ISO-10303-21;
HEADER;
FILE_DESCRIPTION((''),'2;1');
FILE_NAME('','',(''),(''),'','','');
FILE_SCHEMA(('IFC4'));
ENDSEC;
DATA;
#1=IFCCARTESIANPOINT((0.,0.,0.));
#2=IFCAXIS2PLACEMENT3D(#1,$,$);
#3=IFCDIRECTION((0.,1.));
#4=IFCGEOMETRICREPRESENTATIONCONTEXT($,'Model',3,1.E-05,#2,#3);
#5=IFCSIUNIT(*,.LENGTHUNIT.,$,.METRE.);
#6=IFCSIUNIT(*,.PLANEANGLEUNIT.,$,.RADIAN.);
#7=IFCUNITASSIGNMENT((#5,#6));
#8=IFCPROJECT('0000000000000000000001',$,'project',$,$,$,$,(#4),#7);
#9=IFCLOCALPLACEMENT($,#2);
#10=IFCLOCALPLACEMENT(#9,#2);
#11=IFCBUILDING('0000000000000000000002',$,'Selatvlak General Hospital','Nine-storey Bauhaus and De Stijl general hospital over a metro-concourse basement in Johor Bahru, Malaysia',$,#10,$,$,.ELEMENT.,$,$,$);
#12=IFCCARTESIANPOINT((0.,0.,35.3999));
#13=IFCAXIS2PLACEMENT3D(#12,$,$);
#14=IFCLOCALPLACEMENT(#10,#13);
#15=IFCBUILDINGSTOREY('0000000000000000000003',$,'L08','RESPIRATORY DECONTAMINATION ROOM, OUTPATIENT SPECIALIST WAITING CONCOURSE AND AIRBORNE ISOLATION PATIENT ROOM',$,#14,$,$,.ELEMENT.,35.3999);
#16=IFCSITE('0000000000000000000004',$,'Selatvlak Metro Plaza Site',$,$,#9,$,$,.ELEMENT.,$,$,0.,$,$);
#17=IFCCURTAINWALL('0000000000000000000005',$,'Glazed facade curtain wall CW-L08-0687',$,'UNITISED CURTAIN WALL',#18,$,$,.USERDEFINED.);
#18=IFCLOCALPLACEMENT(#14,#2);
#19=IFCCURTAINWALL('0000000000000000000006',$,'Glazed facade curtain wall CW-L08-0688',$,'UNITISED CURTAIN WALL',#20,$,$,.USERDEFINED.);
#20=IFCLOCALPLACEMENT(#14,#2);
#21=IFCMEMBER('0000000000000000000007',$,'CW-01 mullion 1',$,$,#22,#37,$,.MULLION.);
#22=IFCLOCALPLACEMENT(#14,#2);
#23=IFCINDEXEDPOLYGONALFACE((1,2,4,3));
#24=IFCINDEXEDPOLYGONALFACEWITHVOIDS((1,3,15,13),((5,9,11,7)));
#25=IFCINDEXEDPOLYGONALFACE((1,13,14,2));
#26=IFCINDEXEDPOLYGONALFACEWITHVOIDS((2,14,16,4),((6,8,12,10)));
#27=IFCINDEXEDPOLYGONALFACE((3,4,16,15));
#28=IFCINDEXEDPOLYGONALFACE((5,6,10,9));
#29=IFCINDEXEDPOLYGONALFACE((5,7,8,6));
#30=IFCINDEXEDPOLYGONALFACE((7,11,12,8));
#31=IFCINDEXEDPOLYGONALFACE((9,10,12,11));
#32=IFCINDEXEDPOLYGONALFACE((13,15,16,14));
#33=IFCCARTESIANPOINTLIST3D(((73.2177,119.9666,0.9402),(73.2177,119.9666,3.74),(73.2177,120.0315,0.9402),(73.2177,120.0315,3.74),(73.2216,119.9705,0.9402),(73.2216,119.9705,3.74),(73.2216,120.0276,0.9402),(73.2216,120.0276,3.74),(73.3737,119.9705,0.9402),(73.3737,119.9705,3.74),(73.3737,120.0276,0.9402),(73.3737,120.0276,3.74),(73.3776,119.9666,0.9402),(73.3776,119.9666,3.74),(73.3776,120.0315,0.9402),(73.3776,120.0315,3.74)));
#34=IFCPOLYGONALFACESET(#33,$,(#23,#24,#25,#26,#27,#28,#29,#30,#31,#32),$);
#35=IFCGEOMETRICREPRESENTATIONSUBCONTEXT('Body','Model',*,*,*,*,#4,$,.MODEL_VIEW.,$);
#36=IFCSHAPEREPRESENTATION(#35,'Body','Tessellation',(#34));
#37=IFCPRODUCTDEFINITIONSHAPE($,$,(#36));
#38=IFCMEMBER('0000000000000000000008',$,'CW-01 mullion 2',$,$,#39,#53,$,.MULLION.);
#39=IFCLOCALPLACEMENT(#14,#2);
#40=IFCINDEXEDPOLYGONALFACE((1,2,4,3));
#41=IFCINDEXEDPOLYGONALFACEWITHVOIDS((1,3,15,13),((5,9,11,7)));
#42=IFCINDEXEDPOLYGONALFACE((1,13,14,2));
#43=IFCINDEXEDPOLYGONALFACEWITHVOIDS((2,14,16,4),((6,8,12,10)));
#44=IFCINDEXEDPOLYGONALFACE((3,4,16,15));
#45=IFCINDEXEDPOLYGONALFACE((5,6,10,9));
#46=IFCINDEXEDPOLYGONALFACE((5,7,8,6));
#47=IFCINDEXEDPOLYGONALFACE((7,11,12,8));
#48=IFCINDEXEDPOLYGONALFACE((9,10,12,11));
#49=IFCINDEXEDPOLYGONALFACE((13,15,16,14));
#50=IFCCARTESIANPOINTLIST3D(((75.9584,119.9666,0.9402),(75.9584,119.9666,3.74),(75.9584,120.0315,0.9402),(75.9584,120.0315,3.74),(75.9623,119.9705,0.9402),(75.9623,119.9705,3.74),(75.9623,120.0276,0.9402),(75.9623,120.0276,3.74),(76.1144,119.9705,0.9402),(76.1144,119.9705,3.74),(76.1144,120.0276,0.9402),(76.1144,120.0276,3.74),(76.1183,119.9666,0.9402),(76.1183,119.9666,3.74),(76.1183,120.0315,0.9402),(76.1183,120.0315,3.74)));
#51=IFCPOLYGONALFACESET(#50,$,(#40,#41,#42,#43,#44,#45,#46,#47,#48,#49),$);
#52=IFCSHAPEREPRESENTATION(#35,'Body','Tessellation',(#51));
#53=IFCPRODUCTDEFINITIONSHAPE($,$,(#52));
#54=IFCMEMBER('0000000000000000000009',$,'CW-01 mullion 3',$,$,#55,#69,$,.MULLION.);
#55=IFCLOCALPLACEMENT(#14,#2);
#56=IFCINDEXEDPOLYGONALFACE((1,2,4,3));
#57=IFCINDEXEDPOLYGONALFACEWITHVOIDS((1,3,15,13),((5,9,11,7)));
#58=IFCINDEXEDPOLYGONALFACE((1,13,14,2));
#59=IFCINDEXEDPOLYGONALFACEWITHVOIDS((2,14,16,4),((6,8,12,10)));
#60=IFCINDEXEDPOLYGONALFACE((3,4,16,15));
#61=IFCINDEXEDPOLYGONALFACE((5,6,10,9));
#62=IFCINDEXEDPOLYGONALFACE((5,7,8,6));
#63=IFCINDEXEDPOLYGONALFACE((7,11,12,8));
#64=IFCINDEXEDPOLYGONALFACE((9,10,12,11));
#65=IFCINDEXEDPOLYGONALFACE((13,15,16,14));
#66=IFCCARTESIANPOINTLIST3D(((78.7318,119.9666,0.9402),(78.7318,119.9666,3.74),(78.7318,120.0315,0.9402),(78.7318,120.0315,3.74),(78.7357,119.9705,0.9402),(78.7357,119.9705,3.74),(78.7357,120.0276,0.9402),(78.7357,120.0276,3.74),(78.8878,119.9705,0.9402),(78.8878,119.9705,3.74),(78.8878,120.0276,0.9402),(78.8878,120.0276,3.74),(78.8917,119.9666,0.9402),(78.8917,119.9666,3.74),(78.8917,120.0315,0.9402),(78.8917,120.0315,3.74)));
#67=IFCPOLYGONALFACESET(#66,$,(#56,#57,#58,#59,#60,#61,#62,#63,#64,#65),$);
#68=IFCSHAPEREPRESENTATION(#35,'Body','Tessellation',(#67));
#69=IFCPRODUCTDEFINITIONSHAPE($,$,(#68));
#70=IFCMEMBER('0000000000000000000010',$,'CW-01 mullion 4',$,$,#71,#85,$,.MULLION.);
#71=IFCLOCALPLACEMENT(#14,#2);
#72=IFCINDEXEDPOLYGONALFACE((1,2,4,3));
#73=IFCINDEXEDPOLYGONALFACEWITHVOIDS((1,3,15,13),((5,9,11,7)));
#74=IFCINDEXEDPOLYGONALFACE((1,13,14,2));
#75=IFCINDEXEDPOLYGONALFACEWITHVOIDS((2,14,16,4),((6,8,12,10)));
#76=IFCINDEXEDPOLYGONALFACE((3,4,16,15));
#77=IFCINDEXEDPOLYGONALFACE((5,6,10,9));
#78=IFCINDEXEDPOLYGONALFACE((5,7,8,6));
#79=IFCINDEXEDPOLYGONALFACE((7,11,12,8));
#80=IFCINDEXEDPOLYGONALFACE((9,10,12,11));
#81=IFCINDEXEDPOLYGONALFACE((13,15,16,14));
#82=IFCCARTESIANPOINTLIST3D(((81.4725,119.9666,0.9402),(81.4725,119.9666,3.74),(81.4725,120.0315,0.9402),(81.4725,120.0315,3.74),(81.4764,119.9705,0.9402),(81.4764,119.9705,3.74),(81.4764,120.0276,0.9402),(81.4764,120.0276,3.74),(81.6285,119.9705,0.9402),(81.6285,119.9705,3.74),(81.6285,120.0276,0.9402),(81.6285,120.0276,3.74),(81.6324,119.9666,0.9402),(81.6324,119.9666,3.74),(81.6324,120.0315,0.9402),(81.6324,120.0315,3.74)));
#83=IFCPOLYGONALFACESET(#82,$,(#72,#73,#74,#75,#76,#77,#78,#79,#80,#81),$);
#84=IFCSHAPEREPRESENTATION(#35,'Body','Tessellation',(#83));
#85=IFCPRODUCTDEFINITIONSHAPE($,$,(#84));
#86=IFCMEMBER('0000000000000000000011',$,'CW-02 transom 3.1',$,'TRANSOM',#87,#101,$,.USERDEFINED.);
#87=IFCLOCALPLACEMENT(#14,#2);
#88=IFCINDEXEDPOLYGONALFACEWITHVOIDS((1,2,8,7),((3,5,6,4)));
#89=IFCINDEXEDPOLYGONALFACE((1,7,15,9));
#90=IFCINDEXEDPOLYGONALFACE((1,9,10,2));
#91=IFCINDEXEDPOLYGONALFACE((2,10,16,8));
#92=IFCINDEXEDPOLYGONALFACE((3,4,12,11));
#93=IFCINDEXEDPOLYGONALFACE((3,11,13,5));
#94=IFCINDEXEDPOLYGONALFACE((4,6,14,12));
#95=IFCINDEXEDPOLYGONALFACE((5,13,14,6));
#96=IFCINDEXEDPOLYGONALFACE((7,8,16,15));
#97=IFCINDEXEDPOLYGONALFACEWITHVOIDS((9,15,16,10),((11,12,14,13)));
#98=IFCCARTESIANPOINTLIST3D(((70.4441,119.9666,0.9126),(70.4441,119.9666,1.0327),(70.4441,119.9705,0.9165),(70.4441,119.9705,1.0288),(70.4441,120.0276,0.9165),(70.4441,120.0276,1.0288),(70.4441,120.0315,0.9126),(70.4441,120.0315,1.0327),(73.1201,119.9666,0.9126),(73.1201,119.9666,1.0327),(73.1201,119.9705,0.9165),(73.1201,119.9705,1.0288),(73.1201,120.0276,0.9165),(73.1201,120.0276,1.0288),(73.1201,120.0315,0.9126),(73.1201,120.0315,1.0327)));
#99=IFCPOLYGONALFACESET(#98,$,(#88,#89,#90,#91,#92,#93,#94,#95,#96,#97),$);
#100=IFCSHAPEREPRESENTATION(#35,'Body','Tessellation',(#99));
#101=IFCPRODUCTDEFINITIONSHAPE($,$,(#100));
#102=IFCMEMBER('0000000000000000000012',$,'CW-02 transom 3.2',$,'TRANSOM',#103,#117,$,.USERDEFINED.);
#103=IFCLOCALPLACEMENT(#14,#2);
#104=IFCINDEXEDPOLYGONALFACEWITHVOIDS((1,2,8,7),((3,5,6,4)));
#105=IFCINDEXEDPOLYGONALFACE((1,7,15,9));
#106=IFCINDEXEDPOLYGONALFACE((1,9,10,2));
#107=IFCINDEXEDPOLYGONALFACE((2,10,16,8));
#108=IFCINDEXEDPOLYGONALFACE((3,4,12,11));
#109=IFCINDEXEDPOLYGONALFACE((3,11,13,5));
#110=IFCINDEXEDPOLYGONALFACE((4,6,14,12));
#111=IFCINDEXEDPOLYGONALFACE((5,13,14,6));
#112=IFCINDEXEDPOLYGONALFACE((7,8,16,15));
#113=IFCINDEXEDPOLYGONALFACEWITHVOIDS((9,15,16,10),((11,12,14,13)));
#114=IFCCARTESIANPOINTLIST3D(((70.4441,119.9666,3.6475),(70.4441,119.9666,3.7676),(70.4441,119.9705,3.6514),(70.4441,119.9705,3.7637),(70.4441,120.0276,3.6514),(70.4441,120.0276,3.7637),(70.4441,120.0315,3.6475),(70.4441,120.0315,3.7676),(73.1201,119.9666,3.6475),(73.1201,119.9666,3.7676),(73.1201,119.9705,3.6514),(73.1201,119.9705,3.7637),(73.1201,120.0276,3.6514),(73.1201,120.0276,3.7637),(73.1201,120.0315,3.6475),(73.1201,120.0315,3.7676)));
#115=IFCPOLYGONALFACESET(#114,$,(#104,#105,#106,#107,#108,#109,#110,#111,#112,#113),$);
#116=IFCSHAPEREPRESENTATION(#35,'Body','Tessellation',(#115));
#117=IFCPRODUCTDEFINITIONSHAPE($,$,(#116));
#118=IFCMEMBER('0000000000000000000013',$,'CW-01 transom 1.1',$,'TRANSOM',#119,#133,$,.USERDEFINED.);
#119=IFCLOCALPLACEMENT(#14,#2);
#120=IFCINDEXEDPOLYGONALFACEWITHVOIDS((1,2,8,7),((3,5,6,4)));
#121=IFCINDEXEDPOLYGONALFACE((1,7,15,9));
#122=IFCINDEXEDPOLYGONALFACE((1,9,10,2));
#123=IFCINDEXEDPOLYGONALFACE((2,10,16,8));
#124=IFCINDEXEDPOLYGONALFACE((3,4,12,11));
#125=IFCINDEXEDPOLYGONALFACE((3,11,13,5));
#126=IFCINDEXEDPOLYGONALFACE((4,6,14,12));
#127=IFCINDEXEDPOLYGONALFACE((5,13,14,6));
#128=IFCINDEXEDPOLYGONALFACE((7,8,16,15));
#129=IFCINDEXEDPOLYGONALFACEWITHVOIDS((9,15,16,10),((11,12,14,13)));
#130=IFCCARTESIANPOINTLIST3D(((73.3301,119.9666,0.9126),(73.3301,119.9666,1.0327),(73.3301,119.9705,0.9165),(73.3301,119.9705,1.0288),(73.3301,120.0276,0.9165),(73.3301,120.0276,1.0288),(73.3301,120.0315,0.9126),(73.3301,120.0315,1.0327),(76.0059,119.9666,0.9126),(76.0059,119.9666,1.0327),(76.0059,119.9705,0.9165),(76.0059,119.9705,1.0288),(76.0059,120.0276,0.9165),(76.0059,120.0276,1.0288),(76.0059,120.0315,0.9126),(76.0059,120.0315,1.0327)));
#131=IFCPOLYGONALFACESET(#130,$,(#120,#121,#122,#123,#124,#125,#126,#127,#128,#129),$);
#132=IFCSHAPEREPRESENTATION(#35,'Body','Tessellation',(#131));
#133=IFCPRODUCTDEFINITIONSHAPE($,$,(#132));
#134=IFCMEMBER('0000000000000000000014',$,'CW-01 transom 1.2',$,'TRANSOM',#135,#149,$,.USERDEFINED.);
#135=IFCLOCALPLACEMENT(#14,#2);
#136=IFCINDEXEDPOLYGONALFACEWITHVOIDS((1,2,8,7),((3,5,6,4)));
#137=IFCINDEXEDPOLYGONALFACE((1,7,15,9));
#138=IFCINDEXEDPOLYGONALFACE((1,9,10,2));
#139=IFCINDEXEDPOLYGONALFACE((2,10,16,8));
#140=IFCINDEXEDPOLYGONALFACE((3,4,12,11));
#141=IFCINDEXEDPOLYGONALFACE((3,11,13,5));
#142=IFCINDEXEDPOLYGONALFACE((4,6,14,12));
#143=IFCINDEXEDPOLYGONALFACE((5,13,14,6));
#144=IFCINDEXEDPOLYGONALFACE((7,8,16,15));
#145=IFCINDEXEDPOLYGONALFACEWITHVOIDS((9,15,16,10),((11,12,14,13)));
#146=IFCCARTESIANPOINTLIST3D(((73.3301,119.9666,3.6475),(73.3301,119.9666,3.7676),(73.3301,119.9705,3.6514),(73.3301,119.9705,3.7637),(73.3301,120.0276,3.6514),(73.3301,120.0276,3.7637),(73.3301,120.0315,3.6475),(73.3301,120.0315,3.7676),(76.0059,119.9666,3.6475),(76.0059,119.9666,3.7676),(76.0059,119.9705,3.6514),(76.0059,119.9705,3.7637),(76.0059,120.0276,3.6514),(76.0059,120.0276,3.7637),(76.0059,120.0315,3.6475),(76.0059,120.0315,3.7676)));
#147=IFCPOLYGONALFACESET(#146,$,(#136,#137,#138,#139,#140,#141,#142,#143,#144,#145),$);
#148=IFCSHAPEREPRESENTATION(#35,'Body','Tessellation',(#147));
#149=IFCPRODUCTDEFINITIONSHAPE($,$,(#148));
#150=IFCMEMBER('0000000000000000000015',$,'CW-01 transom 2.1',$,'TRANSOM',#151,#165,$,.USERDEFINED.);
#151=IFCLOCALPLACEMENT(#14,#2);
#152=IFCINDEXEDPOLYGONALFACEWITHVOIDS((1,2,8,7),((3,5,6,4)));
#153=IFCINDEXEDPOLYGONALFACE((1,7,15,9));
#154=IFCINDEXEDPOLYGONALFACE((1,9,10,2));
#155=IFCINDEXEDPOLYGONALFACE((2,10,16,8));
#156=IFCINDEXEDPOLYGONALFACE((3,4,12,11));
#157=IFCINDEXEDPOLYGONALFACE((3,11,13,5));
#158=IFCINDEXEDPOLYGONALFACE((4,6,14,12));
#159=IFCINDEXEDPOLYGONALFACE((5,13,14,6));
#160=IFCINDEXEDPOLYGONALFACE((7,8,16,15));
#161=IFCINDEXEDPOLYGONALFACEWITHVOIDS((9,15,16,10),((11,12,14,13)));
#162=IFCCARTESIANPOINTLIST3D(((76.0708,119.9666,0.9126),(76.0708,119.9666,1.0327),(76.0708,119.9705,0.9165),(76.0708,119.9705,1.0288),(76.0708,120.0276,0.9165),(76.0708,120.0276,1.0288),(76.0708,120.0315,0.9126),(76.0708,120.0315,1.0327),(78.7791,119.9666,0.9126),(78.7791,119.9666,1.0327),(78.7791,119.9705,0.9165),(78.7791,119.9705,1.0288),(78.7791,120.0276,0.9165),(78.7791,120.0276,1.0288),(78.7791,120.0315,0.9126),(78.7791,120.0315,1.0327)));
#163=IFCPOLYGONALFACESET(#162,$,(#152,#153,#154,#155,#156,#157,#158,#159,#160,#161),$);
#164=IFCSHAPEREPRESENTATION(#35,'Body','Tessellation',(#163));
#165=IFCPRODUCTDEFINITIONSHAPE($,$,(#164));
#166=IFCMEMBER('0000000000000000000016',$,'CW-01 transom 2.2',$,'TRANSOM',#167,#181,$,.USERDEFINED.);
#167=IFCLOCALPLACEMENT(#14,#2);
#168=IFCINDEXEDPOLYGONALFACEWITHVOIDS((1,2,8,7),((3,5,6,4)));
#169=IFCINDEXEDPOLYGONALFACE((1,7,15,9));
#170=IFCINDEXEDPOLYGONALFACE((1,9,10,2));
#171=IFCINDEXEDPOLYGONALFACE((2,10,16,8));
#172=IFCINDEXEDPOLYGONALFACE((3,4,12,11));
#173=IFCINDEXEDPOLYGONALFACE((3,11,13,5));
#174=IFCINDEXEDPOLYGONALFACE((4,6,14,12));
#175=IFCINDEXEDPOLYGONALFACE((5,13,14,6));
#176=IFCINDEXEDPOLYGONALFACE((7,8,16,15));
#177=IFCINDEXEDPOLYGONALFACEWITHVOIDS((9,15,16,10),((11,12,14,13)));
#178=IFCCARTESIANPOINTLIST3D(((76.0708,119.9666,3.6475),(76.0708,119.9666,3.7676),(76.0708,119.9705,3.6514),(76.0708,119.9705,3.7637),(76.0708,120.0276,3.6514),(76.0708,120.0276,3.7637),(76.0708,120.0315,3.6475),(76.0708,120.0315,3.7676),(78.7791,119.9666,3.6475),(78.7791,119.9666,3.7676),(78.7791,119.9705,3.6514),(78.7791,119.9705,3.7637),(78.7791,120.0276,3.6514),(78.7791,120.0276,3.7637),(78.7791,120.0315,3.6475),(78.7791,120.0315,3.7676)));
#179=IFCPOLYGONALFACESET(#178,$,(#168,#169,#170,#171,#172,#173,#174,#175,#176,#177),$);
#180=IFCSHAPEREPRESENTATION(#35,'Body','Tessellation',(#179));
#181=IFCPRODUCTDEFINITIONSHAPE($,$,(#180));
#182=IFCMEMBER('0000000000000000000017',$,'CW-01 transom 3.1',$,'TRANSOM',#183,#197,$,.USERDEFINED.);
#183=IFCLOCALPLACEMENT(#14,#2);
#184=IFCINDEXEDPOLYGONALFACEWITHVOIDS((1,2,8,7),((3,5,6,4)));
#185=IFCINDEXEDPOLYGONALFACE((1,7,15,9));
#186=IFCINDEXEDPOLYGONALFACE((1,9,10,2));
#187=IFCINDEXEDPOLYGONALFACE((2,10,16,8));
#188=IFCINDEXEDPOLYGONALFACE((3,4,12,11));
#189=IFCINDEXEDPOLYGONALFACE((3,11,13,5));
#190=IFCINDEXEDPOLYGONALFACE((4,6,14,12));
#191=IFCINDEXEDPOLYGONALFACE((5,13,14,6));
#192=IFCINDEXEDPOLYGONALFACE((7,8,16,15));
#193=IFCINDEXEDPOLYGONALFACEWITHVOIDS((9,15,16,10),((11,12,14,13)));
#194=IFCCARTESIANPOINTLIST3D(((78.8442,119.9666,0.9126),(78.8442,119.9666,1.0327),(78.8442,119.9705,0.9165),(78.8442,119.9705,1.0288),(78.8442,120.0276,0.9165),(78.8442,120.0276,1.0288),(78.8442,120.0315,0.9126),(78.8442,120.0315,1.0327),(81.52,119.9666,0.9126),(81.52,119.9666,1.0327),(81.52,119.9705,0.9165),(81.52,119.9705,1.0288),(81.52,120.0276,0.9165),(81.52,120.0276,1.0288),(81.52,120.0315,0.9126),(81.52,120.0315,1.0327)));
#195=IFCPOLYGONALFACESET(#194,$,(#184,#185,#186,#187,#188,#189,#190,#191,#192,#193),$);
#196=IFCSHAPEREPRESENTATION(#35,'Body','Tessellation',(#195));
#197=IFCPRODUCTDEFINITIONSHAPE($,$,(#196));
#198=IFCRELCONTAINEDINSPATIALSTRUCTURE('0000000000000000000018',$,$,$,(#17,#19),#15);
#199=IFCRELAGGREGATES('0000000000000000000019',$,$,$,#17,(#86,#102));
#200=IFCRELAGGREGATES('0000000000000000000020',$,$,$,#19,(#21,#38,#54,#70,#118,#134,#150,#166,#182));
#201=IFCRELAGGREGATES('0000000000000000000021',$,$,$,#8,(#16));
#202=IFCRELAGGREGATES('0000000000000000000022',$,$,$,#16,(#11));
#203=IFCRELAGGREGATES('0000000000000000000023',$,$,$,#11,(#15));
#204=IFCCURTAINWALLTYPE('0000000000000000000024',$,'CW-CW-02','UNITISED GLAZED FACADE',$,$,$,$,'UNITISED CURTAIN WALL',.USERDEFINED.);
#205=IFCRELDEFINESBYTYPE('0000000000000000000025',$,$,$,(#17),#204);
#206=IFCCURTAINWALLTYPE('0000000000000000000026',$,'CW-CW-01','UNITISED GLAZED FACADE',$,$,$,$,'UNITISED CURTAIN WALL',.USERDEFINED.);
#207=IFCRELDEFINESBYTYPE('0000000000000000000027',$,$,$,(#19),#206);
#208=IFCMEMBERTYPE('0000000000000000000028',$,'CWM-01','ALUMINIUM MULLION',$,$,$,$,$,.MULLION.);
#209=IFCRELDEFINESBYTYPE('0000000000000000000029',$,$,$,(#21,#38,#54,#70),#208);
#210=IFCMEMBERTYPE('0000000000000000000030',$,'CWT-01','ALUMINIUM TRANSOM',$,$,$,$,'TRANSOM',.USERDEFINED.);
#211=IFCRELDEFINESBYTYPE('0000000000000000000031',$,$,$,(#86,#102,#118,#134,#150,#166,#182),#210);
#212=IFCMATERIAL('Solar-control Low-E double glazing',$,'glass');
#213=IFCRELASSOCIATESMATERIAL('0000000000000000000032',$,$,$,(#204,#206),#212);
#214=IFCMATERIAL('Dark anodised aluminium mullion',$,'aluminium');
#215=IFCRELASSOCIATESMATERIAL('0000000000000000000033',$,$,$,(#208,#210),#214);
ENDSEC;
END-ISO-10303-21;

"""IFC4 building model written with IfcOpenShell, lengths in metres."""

from ifc_helpers import new_model, si_unit, direction, frame, origin, origin_2d, place, context, subcontext, project, spatial, hollow_rectangle, extrude, material, material_profile, profile_set, type_object, element, aggregate, save


model = new_model("IFC4")

# Units and contexts
model_context = context("Model", 3, precision=1e-05, world=origin(), true_north=direction((0.0, 1.0)))
body_context = subcontext(model_context, "Body", "Model", "MODEL_VIEW")
ifc_project = project(units=[si_unit("LENGTHUNIT", "METRE"), si_unit("PLANEANGLEUNIT", "RADIAN")], contexts=[model_context])

# Site, building, storey
site_placement = place(None, origin())
site = spatial("IfcSite", under=ifc_project, at=site_placement, Name="Selatvlak Metro Plaza Site", CompositionType="ELEMENT", RefElevation=0.0)
building_placement = place(site_placement, origin())
building = spatial("IfcBuilding", under=site, at=building_placement, Name="Selatvlak General Hospital", Description="Nine-storey Bauhaus and De Stijl general hospital over a metro-concourse basement in Johor Bahru, Malaysia", CompositionType="ELEMENT")
storey_placement = place(building_placement, frame((0.0, 0.0, 35.3999)))
storey = spatial("IfcBuildingStorey", under=building, at=storey_placement, Name="L08", Description="RESPIRATORY DECONTAMINATION ROOM, OUTPATIENT SPECIALIST WAITING CONCOURSE AND AIRBORNE ISOLATION PATIENT ROOM", CompositionType="ELEMENT", Elevation=35.3999)

# Curtain walls, members
ifc_material_1 = material(Name="Solar-control Low-E double glazing", Category="glass")
curtain_wall_type_1 = type_object("IfcCurtainWallType", Name="CW-CW-02", Description="UNITISED GLAZED FACADE", ElementType="UNITISED CURTAIN WALL", PredefinedType="USERDEFINED", material=ifc_material_1)
curtain_wall_1_placement = place(storey_placement, origin())
curtain_wall_1 = element("IfcCurtainWall", 1, at=curtain_wall_1_placement, inside=storey, type_object=curtain_wall_type_1, Name="Glazed facade curtain wall CW-L08-0687", ObjectType="UNITISED CURTAIN WALL", PredefinedType="USERDEFINED")
ifc_material_2 = material(Name="Dark anodised aluminium mullion", Category="aluminium")
ifc_material_profile_1 = material_profile(ifc_material_2, hollow_rectangle(XDim=0.0649, YDim=0.1599, WallThickness=0.0039, at=origin_2d()), Name="AL-MUL 65x160x4")
ifc_profile_set_1 = profile_set([ifc_material_profile_1], Name="Dark anodised aluminium mullion")
member_type_1 = type_object("IfcMemberType", Name="CWM-01", Description="ALUMINIUM MULLION", PredefinedType="MULLION", material=ifc_profile_set_1)
curtain_wall_type_2 = type_object("IfcCurtainWallType", Name="CW-CW-01", Description="UNITISED GLAZED FACADE", ElementType="UNITISED CURTAIN WALL", PredefinedType="USERDEFINED", material=ifc_material_1)
curtain_wall_2_placement = place(storey_placement, origin())
curtain_wall_2 = element("IfcCurtainWall", 2, at=curtain_wall_2_placement, inside=storey, type_object=curtain_wall_type_2, Name="Glazed facade curtain wall CW-L08-0688", ObjectType="UNITISED CURTAIN WALL", PredefinedType="USERDEFINED")
member_1_placement = place(storey_placement, frame((73.2976, 119.999, 0.9402), z_axis=(0.0, 0.0, 1.0), x_axis=(0.0, 1.0, 0.0)))
member_1 = element("IfcMember", 3, at=member_1_placement, type_object=member_type_1, Name="CW-01 mullion 1", PredefinedType="MULLION", context=body_context, shape_type="SweptSolid", body=[
    extrude(hollow_rectangle(XDim=0.0649, YDim=0.1599, WallThickness=0.0039, at=origin_2d()), origin(), (0.0, 0.0, 1.0), 2.7998),
])
member_2_placement = place(storey_placement, frame((76.0383, 119.999, 0.9402), z_axis=(0.0, 0.0, 1.0), x_axis=(0.0, 1.0, 0.0)))
member_2 = element("IfcMember", 4, at=member_2_placement, type_object=member_type_1, Name="CW-01 mullion 2", PredefinedType="MULLION", context=body_context, shape_type="SweptSolid", body=[
    extrude(hollow_rectangle(XDim=0.0649, YDim=0.1599, WallThickness=0.0039, at=origin_2d()), origin(), (0.0, 0.0, 1.0), 2.7998),
])
member_3_placement = place(storey_placement, frame((78.8118, 119.999, 0.9402), z_axis=(0.0, 0.0, 1.0), x_axis=(0.0, 1.0, 0.0)))
member_3 = element("IfcMember", 5, at=member_3_placement, type_object=member_type_1, Name="CW-01 mullion 3", PredefinedType="MULLION", context=body_context, shape_type="SweptSolid", body=[
    extrude(hollow_rectangle(XDim=0.0649, YDim=0.1599, WallThickness=0.0039, at=origin_2d()), origin(), (0.0, 0.0, 1.0), 2.7998),
])
member_4_placement = place(storey_placement, frame((81.5525, 119.999, 0.9402), z_axis=(0.0, 0.0, 1.0), x_axis=(0.0, 1.0, 0.0)))
member_4 = element("IfcMember", 6, at=member_4_placement, type_object=member_type_1, Name="CW-01 mullion 4", PredefinedType="MULLION", context=body_context, shape_type="SweptSolid", body=[
    extrude(hollow_rectangle(XDim=0.0649, YDim=0.1599, WallThickness=0.0039, at=origin_2d()), origin(), (0.0, 0.0, 1.0), 2.7998),
])

# Members
ifc_material_profile_2 = material_profile(ifc_material_2, hollow_rectangle(XDim=0.0649, YDim=0.1201, WallThickness=0.0039, at=origin_2d()), Name="AL-TRN 65x120x4")
ifc_profile_set_2 = profile_set([ifc_material_profile_2], Name="Dark anodised aluminium mullion")
member_type_2 = type_object("IfcMemberType", Name="CWT-01", Description="ALUMINIUM TRANSOM", ElementType="TRANSOM", PredefinedType="USERDEFINED", material=ifc_profile_set_2)
member_5_placement = place(storey_placement, frame((70.4441, 119.999, 0.9727), z_axis=(1.0, 0.0, 0.0), x_axis=(0.0, 1.0, 0.0)))
member_5 = element("IfcMember", 7, at=member_5_placement, type_object=member_type_2, Name="CW-02 transom 3.1", ObjectType="TRANSOM", PredefinedType="USERDEFINED", context=body_context, shape_type="SweptSolid", body=[
    extrude(hollow_rectangle(XDim=0.0649, YDim=0.1201, WallThickness=0.0039, at=origin_2d()), origin(), (0.0, 0.0, 1.0), 2.676),
])
member_6_placement = place(storey_placement, frame((70.4441, 119.999, 3.7075), z_axis=(1.0, 0.0, 0.0), x_axis=(0.0, 1.0, 0.0)))
member_6 = element("IfcMember", 8, at=member_6_placement, type_object=member_type_2, Name="CW-02 transom 3.2", ObjectType="TRANSOM", PredefinedType="USERDEFINED", context=body_context, shape_type="SweptSolid", body=[
    extrude(hollow_rectangle(XDim=0.0649, YDim=0.1201, WallThickness=0.0039, at=origin_2d()), origin(), (0.0, 0.0, 1.0), 2.676),
])
member_7_placement = place(storey_placement, frame((73.3301, 119.999, 0.9727), z_axis=(1.0, 0.0, 0.0), x_axis=(0.0, 1.0, 0.0)))
member_7 = element("IfcMember", 9, at=member_7_placement, type_object=member_type_2, Name="CW-01 transom 1.1", ObjectType="TRANSOM", PredefinedType="USERDEFINED", context=body_context, shape_type="SweptSolid", body=[
    extrude(hollow_rectangle(XDim=0.0649, YDim=0.1201, WallThickness=0.0039, at=origin_2d()), origin(), (0.0, 0.0, 1.0), 2.6758),
])
member_8_placement = place(storey_placement, frame((73.3301, 119.999, 3.7075), z_axis=(1.0, 0.0, 0.0), x_axis=(0.0, 1.0, 0.0)))
member_8 = element("IfcMember", 10, at=member_8_placement, type_object=member_type_2, Name="CW-01 transom 1.2", ObjectType="TRANSOM", PredefinedType="USERDEFINED", context=body_context, shape_type="SweptSolid", body=[
    extrude(hollow_rectangle(XDim=0.0649, YDim=0.1201, WallThickness=0.0039, at=origin_2d()), origin(), (0.0, 0.0, 1.0), 2.6758),
])
member_9_placement = place(storey_placement, frame((76.0708, 119.999, 0.9727), z_axis=(1.0, 0.0, 0.0), x_axis=(0.0, 1.0, 0.0)))
member_9 = element("IfcMember", 11, at=member_9_placement, type_object=member_type_2, Name="CW-01 transom 2.1", ObjectType="TRANSOM", PredefinedType="USERDEFINED", context=body_context, shape_type="SweptSolid", body=[
    extrude(hollow_rectangle(XDim=0.0649, YDim=0.1201, WallThickness=0.0039, at=origin_2d()), origin(), (0.0, 0.0, 1.0), 2.7083),
])
member_10_placement = place(storey_placement, frame((76.0708, 119.999, 3.7075), z_axis=(1.0, 0.0, 0.0), x_axis=(0.0, 1.0, 0.0)))
member_10 = element("IfcMember", 12, at=member_10_placement, type_object=member_type_2, Name="CW-01 transom 2.2", ObjectType="TRANSOM", PredefinedType="USERDEFINED", context=body_context, shape_type="SweptSolid", body=[
    extrude(hollow_rectangle(XDim=0.0649, YDim=0.1201, WallThickness=0.0039, at=origin_2d()), origin(), (0.0, 0.0, 1.0), 2.7083),
])
member_11_placement = place(storey_placement, frame((78.8442, 119.999, 0.9727), z_axis=(1.0, 0.0, 0.0), x_axis=(0.0, 1.0, 0.0)))
member_11 = element("IfcMember", 13, at=member_11_placement, type_object=member_type_2, Name="CW-01 transom 3.1", ObjectType="TRANSOM", PredefinedType="USERDEFINED", context=body_context, shape_type="SweptSolid", body=[
    extrude(hollow_rectangle(XDim=0.0649, YDim=0.1201, WallThickness=0.0039, at=origin_2d()), origin(), (0.0, 0.0, 1.0), 2.6758),
])

aggregate(curtain_wall_1, [member_5, member_6])
aggregate(curtain_wall_2, [member_1, member_2, member_3, member_4, member_7, member_8, member_9, member_10, member_11])

save(model, "model.ifc")
